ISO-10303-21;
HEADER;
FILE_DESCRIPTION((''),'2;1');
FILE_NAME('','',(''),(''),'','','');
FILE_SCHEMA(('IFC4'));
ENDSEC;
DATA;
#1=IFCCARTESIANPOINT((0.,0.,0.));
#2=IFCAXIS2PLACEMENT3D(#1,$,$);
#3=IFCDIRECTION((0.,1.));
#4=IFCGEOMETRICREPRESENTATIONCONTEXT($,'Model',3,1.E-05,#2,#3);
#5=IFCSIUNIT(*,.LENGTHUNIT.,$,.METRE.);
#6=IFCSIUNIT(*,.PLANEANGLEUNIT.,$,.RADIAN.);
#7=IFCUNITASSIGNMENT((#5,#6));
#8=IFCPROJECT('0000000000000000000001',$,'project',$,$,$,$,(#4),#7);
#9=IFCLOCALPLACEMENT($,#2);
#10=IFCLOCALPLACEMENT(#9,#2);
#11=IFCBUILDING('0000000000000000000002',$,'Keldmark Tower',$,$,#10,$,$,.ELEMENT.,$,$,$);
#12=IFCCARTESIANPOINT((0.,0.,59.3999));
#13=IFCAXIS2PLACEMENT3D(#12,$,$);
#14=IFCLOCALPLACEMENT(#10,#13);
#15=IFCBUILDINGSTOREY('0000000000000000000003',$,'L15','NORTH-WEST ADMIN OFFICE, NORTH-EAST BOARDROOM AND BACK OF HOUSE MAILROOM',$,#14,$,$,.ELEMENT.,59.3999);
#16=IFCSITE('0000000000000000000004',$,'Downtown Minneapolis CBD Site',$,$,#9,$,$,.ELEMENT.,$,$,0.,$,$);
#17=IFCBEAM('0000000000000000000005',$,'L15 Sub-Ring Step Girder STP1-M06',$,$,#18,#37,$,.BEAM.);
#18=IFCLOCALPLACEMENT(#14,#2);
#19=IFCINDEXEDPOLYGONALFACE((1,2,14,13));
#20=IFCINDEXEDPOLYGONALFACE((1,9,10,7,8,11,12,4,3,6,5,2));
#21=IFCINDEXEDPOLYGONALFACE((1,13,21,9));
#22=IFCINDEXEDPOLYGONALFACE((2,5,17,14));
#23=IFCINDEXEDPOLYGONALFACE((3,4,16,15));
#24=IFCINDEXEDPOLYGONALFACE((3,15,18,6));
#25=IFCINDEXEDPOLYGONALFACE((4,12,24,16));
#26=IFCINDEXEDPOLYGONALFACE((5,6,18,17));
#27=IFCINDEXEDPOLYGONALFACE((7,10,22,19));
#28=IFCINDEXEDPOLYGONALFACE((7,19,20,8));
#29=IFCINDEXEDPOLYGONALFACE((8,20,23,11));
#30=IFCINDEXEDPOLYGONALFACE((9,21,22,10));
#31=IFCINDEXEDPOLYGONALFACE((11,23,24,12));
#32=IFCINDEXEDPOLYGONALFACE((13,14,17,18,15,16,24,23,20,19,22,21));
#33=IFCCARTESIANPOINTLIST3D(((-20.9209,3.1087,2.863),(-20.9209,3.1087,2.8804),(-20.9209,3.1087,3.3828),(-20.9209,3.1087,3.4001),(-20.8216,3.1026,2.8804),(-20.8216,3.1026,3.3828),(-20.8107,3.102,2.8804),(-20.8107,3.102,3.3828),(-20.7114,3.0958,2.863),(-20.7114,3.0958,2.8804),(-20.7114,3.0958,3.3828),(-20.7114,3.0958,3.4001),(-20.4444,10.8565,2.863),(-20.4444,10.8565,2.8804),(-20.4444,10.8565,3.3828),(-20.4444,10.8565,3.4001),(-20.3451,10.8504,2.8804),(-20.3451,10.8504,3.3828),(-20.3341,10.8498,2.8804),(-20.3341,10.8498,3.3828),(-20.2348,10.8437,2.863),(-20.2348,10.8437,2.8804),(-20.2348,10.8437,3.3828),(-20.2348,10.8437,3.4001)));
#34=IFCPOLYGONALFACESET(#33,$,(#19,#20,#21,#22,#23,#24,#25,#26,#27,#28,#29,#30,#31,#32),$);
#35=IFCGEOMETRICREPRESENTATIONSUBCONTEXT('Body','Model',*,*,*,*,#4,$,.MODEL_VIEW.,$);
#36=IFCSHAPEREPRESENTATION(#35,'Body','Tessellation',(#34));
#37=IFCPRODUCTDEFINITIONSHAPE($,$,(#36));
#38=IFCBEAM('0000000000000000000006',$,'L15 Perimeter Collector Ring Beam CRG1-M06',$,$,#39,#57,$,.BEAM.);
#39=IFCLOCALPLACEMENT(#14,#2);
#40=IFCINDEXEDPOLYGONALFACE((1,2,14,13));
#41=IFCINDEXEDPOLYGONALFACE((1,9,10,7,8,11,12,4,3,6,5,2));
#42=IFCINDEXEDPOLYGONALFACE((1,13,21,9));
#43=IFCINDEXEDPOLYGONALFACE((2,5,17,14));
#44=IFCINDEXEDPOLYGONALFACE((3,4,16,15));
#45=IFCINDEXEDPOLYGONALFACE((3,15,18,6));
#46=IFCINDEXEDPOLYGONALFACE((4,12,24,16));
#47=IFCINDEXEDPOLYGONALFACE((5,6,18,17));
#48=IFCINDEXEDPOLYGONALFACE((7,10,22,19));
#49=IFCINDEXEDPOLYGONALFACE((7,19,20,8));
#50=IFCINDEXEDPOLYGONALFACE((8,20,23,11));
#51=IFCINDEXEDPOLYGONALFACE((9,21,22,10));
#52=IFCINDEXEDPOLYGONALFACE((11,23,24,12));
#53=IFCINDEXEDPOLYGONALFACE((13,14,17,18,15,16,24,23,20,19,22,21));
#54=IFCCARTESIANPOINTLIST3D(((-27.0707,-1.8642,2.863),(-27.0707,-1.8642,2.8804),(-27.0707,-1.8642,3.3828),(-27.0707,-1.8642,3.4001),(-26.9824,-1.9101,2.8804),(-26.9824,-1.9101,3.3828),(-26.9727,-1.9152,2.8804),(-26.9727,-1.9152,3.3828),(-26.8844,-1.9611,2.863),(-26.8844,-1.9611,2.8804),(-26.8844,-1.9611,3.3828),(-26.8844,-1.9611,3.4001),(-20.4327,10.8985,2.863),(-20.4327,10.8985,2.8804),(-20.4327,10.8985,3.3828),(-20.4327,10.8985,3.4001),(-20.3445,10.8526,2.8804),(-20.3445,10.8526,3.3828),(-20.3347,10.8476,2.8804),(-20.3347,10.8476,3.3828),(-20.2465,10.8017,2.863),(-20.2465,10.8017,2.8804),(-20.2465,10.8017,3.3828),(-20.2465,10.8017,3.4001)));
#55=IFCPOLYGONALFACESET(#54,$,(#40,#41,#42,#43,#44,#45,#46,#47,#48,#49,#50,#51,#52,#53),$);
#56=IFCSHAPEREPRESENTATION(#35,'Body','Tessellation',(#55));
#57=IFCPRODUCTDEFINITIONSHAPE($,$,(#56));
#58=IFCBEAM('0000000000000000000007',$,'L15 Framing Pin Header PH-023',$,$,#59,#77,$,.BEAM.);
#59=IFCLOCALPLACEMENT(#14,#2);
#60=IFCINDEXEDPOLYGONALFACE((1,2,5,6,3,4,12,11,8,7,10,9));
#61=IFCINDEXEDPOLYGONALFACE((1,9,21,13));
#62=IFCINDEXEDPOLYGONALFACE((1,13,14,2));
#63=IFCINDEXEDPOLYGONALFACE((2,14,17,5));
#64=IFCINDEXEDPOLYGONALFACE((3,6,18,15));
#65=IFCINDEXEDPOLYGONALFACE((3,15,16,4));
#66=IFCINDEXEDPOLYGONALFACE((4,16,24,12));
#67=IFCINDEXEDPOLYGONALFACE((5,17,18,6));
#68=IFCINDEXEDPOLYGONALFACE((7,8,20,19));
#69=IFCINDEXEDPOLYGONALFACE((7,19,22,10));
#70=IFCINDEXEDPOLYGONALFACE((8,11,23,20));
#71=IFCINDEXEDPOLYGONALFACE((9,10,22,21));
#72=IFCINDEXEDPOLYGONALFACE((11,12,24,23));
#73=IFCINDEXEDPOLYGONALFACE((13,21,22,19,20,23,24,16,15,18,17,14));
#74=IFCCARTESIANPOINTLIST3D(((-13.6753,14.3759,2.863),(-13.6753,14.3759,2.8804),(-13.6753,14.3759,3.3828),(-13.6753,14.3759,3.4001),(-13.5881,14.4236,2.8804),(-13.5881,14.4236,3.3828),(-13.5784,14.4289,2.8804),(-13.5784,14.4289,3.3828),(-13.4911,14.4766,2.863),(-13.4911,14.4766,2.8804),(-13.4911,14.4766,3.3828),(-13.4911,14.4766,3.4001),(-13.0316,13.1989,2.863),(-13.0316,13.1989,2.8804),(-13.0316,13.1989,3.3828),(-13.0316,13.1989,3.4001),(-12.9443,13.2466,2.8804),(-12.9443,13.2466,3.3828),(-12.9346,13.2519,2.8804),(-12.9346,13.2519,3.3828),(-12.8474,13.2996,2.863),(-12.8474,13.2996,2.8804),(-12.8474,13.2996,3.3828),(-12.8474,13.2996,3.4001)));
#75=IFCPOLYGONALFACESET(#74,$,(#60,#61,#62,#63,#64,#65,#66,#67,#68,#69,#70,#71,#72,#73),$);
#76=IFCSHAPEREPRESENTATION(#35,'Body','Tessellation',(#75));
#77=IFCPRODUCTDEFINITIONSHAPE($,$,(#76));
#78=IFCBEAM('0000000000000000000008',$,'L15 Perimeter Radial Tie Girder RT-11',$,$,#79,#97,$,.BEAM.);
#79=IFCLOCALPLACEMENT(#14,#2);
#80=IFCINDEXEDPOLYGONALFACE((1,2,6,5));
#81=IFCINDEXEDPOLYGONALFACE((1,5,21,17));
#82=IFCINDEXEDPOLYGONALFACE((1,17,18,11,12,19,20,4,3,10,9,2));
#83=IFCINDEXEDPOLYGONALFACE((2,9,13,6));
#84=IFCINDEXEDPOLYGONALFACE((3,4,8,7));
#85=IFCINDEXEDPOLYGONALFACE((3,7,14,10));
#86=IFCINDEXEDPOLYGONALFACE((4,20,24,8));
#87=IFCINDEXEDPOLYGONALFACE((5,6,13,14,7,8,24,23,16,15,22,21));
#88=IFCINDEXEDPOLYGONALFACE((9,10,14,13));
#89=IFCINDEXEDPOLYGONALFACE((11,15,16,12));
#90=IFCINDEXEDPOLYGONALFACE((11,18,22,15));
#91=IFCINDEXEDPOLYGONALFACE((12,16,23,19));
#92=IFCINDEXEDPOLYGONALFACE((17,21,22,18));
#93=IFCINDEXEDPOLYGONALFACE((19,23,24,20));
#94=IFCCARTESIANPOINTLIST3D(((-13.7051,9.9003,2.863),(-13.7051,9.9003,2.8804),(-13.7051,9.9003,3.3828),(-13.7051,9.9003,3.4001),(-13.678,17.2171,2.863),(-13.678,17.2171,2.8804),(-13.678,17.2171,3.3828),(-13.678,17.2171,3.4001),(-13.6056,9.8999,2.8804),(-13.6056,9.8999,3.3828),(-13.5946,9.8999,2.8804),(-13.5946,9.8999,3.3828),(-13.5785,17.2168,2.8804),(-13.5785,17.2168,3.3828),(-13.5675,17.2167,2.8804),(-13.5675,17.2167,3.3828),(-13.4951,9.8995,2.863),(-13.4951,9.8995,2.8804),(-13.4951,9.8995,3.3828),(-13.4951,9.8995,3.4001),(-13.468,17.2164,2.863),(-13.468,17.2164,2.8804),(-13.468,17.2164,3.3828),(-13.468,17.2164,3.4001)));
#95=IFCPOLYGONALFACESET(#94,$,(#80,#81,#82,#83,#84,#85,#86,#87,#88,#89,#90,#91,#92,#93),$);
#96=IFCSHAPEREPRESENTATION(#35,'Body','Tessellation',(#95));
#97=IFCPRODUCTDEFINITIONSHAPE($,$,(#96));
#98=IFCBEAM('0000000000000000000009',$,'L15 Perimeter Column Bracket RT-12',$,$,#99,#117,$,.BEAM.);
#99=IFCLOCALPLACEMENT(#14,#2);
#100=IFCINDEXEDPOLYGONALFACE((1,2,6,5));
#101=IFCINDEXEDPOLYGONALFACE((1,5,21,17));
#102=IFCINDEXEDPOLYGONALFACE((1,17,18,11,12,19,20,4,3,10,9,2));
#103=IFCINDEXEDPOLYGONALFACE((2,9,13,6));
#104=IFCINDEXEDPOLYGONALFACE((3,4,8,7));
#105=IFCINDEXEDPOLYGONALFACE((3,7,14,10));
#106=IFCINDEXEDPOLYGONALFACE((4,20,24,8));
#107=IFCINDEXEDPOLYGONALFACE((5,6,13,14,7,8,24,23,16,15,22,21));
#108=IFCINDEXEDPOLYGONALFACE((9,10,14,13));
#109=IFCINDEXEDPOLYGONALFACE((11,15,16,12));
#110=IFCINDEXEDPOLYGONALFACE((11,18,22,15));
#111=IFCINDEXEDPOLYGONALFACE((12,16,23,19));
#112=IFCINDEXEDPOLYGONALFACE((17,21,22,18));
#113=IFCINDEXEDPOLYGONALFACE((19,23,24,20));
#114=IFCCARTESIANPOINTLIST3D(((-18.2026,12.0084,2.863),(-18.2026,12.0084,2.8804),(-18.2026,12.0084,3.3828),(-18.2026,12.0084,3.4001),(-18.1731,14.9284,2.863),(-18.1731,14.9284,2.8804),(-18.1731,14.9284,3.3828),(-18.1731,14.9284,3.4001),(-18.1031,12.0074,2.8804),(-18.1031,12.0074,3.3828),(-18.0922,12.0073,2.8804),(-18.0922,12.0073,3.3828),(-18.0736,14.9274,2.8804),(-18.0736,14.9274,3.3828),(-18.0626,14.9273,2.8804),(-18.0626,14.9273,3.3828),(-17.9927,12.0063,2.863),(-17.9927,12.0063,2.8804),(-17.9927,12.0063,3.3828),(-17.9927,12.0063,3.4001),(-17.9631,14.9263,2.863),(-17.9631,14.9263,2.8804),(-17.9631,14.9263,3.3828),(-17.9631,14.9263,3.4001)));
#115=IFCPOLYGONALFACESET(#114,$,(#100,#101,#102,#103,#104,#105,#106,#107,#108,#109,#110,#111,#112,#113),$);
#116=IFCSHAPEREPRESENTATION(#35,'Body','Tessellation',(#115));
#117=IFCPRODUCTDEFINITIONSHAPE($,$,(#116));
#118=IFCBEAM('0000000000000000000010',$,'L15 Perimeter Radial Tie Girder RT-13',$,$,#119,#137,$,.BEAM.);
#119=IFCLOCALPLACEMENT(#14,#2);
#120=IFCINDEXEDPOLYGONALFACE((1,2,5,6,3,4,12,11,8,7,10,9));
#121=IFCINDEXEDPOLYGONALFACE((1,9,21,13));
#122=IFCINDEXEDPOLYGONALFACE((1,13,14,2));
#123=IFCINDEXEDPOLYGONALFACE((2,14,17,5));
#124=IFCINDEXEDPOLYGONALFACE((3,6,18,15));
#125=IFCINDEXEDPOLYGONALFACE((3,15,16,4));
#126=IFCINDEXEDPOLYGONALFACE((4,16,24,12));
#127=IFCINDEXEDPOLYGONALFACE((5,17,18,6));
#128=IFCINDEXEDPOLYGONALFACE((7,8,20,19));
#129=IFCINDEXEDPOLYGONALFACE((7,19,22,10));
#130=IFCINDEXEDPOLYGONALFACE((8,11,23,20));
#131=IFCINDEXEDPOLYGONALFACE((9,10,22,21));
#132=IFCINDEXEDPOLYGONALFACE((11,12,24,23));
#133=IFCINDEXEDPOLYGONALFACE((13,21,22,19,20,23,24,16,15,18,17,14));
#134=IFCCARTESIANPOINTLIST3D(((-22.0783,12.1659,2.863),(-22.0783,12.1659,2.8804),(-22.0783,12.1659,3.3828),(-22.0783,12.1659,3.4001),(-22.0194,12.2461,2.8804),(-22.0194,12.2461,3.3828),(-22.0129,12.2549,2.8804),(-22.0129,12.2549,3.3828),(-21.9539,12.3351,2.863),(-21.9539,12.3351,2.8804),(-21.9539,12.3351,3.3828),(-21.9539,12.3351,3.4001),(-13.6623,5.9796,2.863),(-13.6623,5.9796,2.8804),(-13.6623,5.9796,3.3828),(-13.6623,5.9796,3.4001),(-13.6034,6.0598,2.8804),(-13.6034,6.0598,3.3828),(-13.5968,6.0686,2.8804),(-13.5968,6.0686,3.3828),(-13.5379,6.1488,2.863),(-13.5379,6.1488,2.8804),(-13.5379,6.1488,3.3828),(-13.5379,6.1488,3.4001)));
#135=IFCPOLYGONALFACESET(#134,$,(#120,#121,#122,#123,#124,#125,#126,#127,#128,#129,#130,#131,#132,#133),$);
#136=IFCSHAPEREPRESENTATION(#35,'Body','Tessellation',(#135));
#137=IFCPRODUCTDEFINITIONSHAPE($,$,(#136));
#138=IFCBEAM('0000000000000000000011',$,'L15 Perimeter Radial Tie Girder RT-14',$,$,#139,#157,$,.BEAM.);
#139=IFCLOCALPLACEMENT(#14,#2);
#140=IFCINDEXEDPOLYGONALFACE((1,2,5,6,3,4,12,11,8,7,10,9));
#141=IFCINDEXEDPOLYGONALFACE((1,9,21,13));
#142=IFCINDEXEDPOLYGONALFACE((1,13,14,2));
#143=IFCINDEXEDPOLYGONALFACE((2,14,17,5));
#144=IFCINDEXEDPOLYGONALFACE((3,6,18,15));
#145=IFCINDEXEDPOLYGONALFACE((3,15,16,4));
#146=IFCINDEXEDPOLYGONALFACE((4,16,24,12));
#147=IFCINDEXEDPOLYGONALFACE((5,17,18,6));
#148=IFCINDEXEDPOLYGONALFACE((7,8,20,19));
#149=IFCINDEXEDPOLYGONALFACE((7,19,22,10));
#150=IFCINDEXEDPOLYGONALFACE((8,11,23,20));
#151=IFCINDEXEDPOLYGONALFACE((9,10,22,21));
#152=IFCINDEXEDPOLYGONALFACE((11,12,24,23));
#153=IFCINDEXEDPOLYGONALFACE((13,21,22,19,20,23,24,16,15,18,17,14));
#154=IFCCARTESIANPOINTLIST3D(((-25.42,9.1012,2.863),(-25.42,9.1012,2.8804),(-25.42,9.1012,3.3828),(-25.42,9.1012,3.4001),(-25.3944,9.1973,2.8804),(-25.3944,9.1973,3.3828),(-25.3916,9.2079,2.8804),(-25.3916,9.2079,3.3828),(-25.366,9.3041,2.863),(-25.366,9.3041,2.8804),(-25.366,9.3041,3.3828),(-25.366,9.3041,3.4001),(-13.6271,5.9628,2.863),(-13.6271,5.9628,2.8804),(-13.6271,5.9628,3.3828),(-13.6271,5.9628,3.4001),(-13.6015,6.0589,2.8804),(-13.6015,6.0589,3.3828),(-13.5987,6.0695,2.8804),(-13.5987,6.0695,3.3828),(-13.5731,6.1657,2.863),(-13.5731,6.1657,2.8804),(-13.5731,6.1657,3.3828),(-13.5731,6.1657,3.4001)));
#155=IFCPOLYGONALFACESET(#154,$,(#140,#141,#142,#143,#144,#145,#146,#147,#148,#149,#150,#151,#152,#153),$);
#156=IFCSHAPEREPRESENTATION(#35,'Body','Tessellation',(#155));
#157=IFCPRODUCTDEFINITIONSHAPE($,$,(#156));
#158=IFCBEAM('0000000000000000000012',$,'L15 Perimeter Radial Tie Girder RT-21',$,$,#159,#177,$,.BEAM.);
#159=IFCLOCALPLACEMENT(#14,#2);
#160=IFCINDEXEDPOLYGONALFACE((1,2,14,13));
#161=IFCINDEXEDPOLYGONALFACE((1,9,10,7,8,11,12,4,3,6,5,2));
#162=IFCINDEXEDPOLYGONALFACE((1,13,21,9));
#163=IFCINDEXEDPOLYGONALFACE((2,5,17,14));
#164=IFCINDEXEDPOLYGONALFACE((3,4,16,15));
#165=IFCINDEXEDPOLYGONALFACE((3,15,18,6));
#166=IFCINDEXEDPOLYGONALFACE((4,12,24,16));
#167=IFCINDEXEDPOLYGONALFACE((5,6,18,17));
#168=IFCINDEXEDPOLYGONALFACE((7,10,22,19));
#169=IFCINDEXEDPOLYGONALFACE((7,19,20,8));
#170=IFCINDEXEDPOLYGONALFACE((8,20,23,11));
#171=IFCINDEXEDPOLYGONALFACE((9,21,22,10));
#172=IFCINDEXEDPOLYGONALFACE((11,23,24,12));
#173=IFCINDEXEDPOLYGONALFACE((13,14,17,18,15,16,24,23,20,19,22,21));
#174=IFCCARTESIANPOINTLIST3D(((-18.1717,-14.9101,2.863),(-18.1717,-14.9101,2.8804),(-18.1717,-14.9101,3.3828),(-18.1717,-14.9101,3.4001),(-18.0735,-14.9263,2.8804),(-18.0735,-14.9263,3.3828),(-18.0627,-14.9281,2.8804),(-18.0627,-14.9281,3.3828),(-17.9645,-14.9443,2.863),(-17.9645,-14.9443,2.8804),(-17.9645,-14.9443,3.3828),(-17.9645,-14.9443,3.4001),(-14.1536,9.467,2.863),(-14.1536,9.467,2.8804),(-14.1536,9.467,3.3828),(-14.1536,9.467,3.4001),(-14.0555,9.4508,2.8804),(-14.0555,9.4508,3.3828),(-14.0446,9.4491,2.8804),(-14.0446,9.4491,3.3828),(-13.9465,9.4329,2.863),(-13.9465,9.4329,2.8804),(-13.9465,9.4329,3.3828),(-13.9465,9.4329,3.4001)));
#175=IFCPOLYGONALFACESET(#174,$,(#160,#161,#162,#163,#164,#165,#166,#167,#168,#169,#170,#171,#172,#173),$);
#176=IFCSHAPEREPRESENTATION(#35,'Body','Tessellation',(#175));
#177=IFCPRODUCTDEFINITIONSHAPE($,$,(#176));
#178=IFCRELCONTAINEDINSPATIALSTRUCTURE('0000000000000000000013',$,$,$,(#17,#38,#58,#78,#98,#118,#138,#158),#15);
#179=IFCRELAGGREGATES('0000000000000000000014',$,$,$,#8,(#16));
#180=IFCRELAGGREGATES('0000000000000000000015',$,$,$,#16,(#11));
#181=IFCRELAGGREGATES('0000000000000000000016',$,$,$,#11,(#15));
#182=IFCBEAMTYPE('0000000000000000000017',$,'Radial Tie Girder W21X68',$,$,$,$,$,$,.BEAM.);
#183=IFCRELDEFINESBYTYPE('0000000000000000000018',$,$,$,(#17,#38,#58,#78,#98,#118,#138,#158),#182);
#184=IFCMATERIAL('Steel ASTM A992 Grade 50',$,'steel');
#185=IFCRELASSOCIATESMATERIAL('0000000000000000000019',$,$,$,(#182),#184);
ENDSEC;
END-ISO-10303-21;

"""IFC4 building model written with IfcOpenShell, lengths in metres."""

from ifc_helpers import new_model, si_unit, direction, frame, origin, origin_2d, place, context, subcontext, project, spatial, i_section, extrude, material, material_profile, profile_set, type_object, element, save


model = new_model("IFC4")

# Units and contexts
model_context = context("Model", 3, precision=1e-05, world=origin(), true_north=direction((0.0, 1.0)))
body_context = subcontext(model_context, "Body", "Model", "MODEL_VIEW")
ifc_project = project(units=[si_unit("LENGTHUNIT", "METRE"), si_unit("PLANEANGLEUNIT", "RADIAN")], contexts=[model_context])

# Site, building, storey
site_placement = place(None, origin())
site = spatial("IfcSite", under=ifc_project, at=site_placement, Name="Downtown Minneapolis CBD Site", CompositionType="ELEMENT", RefElevation=0.0)
building_placement = place(site_placement, origin())
building = spatial("IfcBuilding", under=site, at=building_placement, Name="Keldmark Tower", CompositionType="ELEMENT")
storey_placement = place(building_placement, frame((0.0, 0.0, 59.3999)))
storey = spatial("IfcBuildingStorey", under=building, at=storey_placement, Name="L15", Description="NORTH-WEST ADMIN OFFICE, NORTH-EAST BOARDROOM AND BACK OF HOUSE MAILROOM", CompositionType="ELEMENT", Elevation=59.3999)

# Beams
ifc_material_1 = material(Name="Steel ASTM A992 Grade 50", Category="steel")
ifc_material_profile_1 = material_profile(ifc_material_1, i_section(OverallWidth=0.21, OverallDepth=0.5371, WebThickness=0.011, FlangeThickness=0.0173, at=origin_2d()), Name="W21X68")
ifc_profile_set_1 = profile_set([ifc_material_profile_1], Name="Steel ASTM A992 Grade 50")
beam_type_1 = type_object("IfcBeamType", Name="Radial Tie Girder W21X68", PredefinedType="BEAM", material=ifc_profile_set_1)
beam_1_placement = place(storey_placement, frame((-20.8162, 3.1023, 3.1316), z_axis=(0.061393, 0.998114, 0.0), x_axis=(-0.998114, 0.061393, 0.0)))
element("IfcBeam", 1, at=beam_1_placement, inside=storey, type_object=beam_type_1, Name="L15 Sub-Ring Step Girder STP1-M06", PredefinedType="BEAM", context=body_context, shape_type="SweptSolid", body=[
    extrude(i_section(OverallWidth=0.21, OverallDepth=0.5371, WebThickness=0.011, FlangeThickness=0.0173, at=origin_2d()), origin(), (0.0, 0.0, 1.0), 7.7625),
])
beam_2_placement = place(storey_placement, frame((-20.3396, 10.8501, 3.1316), z_axis=(-0.461426, -0.887179, 0.0), x_axis=(0.887179, -0.461426, 0.0)))
element("IfcBeam", 2, at=beam_2_placement, inside=storey, type_object=beam_type_1, Name="L15 Perimeter Collector Ring Beam CRG1-M06", PredefinedType="BEAM", context=body_context, shape_type="SweptSolid", body=[
    extrude(i_section(OverallWidth=0.21, OverallDepth=0.5371, WebThickness=0.011, FlangeThickness=0.0173, at=origin_2d()), origin(), (0.0, 0.0, 1.0), 14.3857),
])
beam_3_placement = place(storey_placement, frame((-12.9395, 13.2493, 3.1316), z_axis=(-0.479885, 0.877332, 0.0), x_axis=(-0.877332, -0.479885, 0.0)))
element("IfcBeam", 3, at=beam_3_placement, inside=storey, type_object=beam_type_1, Name="L15 Framing Pin Header PH-023", PredefinedType="BEAM", context=body_context, shape_type="SweptSolid", body=[
    extrude(i_section(OverallWidth=0.21, OverallDepth=0.5371, WebThickness=0.011, FlangeThickness=0.0173, at=origin_2d()), origin(), (0.0, 0.0, 1.0), 1.3416),
])
beam_4_placement = place(storey_placement, frame((-13.6001, 9.8999, 3.1316), z_axis=(0.003704, 0.999993, 0.0), x_axis=(-0.999993, 0.003704, 0.0)))
element("IfcBeam", 4, at=beam_4_placement, inside=storey, type_object=beam_type_1, Name="L15 Perimeter Radial Tie Girder RT-11", PredefinedType="BEAM", context=body_context, shape_type="SweptSolid", body=[
    extrude(i_section(OverallWidth=0.21, OverallDepth=0.5371, WebThickness=0.011, FlangeThickness=0.0173, at=origin_2d()), origin(), (0.0, 0.0, 1.0), 7.3169),
])
beam_5_placement = place(storey_placement, frame((-18.0977, 12.0073, 3.1316), z_axis=(0.010117, 0.999949, 0.0), x_axis=(-0.999949, 0.010117, 0.0)))
element("IfcBeam", 5, at=beam_5_placement, inside=storey, type_object=beam_type_1, Name="L15 Perimeter Column Bracket RT-12", PredefinedType="BEAM", context=body_context, shape_type="SweptSolid", body=[
    extrude(i_section(OverallWidth=0.21, OverallDepth=0.5371, WebThickness=0.011, FlangeThickness=0.0173, at=origin_2d()), origin(), (0.0, 0.0, 1.0), 2.9202),
])
beam_6_placement = place(storey_placement, frame((-13.6001, 6.0642, 3.1316), z_axis=(-0.805741, 0.592268, 0.0), x_axis=(-0.592268, -0.805741, 0.0)))
element("IfcBeam", 6, at=beam_6_placement, inside=storey, type_object=beam_type_1, Name="L15 Perimeter Radial Tie Girder RT-13", PredefinedType="BEAM", context=body_context, shape_type="SweptSolid", body=[
    extrude(i_section(OverallWidth=0.21, OverallDepth=0.5371, WebThickness=0.011, FlangeThickness=0.0173, at=origin_2d()), origin(), (0.0, 0.0, 1.0), 10.4451),
])
beam_7_placement = place(storey_placement, frame((-13.6001, 6.0642, 3.1316), z_axis=(-0.966365, 0.257176, 0.0), x_axis=(-0.257176, -0.966365, 0.0)))
element("IfcBeam", 7, at=beam_7_placement, inside=storey, type_object=beam_type_1, Name="L15 Perimeter Radial Tie Girder RT-14", PredefinedType="BEAM", context=body_context, shape_type="SweptSolid", body=[
    extrude(i_section(OverallWidth=0.21, OverallDepth=0.5371, WebThickness=0.011, FlangeThickness=0.0173, at=origin_2d()), origin(), (0.0, 0.0, 1.0), 12.2034),
])
beam_8_placement = place(storey_placement, frame((-14.05, 9.45, 3.1316), z_axis=(-0.162634, -0.986686, 0.0), x_axis=(0.986686, -0.162634, 0.0)))
element("IfcBeam", 8, at=beam_8_placement, inside=storey, type_object=beam_type_1, Name="L15 Perimeter Radial Tie Girder RT-21", PredefinedType="BEAM", context=body_context, shape_type="SweptSolid", body=[
    extrude(i_section(OverallWidth=0.21, OverallDepth=0.5371, WebThickness=0.011, FlangeThickness=0.0173, at=origin_2d()), origin(), (0.0, 0.0, 1.0), 24.7061),
])

save(model, "model.ifc")
